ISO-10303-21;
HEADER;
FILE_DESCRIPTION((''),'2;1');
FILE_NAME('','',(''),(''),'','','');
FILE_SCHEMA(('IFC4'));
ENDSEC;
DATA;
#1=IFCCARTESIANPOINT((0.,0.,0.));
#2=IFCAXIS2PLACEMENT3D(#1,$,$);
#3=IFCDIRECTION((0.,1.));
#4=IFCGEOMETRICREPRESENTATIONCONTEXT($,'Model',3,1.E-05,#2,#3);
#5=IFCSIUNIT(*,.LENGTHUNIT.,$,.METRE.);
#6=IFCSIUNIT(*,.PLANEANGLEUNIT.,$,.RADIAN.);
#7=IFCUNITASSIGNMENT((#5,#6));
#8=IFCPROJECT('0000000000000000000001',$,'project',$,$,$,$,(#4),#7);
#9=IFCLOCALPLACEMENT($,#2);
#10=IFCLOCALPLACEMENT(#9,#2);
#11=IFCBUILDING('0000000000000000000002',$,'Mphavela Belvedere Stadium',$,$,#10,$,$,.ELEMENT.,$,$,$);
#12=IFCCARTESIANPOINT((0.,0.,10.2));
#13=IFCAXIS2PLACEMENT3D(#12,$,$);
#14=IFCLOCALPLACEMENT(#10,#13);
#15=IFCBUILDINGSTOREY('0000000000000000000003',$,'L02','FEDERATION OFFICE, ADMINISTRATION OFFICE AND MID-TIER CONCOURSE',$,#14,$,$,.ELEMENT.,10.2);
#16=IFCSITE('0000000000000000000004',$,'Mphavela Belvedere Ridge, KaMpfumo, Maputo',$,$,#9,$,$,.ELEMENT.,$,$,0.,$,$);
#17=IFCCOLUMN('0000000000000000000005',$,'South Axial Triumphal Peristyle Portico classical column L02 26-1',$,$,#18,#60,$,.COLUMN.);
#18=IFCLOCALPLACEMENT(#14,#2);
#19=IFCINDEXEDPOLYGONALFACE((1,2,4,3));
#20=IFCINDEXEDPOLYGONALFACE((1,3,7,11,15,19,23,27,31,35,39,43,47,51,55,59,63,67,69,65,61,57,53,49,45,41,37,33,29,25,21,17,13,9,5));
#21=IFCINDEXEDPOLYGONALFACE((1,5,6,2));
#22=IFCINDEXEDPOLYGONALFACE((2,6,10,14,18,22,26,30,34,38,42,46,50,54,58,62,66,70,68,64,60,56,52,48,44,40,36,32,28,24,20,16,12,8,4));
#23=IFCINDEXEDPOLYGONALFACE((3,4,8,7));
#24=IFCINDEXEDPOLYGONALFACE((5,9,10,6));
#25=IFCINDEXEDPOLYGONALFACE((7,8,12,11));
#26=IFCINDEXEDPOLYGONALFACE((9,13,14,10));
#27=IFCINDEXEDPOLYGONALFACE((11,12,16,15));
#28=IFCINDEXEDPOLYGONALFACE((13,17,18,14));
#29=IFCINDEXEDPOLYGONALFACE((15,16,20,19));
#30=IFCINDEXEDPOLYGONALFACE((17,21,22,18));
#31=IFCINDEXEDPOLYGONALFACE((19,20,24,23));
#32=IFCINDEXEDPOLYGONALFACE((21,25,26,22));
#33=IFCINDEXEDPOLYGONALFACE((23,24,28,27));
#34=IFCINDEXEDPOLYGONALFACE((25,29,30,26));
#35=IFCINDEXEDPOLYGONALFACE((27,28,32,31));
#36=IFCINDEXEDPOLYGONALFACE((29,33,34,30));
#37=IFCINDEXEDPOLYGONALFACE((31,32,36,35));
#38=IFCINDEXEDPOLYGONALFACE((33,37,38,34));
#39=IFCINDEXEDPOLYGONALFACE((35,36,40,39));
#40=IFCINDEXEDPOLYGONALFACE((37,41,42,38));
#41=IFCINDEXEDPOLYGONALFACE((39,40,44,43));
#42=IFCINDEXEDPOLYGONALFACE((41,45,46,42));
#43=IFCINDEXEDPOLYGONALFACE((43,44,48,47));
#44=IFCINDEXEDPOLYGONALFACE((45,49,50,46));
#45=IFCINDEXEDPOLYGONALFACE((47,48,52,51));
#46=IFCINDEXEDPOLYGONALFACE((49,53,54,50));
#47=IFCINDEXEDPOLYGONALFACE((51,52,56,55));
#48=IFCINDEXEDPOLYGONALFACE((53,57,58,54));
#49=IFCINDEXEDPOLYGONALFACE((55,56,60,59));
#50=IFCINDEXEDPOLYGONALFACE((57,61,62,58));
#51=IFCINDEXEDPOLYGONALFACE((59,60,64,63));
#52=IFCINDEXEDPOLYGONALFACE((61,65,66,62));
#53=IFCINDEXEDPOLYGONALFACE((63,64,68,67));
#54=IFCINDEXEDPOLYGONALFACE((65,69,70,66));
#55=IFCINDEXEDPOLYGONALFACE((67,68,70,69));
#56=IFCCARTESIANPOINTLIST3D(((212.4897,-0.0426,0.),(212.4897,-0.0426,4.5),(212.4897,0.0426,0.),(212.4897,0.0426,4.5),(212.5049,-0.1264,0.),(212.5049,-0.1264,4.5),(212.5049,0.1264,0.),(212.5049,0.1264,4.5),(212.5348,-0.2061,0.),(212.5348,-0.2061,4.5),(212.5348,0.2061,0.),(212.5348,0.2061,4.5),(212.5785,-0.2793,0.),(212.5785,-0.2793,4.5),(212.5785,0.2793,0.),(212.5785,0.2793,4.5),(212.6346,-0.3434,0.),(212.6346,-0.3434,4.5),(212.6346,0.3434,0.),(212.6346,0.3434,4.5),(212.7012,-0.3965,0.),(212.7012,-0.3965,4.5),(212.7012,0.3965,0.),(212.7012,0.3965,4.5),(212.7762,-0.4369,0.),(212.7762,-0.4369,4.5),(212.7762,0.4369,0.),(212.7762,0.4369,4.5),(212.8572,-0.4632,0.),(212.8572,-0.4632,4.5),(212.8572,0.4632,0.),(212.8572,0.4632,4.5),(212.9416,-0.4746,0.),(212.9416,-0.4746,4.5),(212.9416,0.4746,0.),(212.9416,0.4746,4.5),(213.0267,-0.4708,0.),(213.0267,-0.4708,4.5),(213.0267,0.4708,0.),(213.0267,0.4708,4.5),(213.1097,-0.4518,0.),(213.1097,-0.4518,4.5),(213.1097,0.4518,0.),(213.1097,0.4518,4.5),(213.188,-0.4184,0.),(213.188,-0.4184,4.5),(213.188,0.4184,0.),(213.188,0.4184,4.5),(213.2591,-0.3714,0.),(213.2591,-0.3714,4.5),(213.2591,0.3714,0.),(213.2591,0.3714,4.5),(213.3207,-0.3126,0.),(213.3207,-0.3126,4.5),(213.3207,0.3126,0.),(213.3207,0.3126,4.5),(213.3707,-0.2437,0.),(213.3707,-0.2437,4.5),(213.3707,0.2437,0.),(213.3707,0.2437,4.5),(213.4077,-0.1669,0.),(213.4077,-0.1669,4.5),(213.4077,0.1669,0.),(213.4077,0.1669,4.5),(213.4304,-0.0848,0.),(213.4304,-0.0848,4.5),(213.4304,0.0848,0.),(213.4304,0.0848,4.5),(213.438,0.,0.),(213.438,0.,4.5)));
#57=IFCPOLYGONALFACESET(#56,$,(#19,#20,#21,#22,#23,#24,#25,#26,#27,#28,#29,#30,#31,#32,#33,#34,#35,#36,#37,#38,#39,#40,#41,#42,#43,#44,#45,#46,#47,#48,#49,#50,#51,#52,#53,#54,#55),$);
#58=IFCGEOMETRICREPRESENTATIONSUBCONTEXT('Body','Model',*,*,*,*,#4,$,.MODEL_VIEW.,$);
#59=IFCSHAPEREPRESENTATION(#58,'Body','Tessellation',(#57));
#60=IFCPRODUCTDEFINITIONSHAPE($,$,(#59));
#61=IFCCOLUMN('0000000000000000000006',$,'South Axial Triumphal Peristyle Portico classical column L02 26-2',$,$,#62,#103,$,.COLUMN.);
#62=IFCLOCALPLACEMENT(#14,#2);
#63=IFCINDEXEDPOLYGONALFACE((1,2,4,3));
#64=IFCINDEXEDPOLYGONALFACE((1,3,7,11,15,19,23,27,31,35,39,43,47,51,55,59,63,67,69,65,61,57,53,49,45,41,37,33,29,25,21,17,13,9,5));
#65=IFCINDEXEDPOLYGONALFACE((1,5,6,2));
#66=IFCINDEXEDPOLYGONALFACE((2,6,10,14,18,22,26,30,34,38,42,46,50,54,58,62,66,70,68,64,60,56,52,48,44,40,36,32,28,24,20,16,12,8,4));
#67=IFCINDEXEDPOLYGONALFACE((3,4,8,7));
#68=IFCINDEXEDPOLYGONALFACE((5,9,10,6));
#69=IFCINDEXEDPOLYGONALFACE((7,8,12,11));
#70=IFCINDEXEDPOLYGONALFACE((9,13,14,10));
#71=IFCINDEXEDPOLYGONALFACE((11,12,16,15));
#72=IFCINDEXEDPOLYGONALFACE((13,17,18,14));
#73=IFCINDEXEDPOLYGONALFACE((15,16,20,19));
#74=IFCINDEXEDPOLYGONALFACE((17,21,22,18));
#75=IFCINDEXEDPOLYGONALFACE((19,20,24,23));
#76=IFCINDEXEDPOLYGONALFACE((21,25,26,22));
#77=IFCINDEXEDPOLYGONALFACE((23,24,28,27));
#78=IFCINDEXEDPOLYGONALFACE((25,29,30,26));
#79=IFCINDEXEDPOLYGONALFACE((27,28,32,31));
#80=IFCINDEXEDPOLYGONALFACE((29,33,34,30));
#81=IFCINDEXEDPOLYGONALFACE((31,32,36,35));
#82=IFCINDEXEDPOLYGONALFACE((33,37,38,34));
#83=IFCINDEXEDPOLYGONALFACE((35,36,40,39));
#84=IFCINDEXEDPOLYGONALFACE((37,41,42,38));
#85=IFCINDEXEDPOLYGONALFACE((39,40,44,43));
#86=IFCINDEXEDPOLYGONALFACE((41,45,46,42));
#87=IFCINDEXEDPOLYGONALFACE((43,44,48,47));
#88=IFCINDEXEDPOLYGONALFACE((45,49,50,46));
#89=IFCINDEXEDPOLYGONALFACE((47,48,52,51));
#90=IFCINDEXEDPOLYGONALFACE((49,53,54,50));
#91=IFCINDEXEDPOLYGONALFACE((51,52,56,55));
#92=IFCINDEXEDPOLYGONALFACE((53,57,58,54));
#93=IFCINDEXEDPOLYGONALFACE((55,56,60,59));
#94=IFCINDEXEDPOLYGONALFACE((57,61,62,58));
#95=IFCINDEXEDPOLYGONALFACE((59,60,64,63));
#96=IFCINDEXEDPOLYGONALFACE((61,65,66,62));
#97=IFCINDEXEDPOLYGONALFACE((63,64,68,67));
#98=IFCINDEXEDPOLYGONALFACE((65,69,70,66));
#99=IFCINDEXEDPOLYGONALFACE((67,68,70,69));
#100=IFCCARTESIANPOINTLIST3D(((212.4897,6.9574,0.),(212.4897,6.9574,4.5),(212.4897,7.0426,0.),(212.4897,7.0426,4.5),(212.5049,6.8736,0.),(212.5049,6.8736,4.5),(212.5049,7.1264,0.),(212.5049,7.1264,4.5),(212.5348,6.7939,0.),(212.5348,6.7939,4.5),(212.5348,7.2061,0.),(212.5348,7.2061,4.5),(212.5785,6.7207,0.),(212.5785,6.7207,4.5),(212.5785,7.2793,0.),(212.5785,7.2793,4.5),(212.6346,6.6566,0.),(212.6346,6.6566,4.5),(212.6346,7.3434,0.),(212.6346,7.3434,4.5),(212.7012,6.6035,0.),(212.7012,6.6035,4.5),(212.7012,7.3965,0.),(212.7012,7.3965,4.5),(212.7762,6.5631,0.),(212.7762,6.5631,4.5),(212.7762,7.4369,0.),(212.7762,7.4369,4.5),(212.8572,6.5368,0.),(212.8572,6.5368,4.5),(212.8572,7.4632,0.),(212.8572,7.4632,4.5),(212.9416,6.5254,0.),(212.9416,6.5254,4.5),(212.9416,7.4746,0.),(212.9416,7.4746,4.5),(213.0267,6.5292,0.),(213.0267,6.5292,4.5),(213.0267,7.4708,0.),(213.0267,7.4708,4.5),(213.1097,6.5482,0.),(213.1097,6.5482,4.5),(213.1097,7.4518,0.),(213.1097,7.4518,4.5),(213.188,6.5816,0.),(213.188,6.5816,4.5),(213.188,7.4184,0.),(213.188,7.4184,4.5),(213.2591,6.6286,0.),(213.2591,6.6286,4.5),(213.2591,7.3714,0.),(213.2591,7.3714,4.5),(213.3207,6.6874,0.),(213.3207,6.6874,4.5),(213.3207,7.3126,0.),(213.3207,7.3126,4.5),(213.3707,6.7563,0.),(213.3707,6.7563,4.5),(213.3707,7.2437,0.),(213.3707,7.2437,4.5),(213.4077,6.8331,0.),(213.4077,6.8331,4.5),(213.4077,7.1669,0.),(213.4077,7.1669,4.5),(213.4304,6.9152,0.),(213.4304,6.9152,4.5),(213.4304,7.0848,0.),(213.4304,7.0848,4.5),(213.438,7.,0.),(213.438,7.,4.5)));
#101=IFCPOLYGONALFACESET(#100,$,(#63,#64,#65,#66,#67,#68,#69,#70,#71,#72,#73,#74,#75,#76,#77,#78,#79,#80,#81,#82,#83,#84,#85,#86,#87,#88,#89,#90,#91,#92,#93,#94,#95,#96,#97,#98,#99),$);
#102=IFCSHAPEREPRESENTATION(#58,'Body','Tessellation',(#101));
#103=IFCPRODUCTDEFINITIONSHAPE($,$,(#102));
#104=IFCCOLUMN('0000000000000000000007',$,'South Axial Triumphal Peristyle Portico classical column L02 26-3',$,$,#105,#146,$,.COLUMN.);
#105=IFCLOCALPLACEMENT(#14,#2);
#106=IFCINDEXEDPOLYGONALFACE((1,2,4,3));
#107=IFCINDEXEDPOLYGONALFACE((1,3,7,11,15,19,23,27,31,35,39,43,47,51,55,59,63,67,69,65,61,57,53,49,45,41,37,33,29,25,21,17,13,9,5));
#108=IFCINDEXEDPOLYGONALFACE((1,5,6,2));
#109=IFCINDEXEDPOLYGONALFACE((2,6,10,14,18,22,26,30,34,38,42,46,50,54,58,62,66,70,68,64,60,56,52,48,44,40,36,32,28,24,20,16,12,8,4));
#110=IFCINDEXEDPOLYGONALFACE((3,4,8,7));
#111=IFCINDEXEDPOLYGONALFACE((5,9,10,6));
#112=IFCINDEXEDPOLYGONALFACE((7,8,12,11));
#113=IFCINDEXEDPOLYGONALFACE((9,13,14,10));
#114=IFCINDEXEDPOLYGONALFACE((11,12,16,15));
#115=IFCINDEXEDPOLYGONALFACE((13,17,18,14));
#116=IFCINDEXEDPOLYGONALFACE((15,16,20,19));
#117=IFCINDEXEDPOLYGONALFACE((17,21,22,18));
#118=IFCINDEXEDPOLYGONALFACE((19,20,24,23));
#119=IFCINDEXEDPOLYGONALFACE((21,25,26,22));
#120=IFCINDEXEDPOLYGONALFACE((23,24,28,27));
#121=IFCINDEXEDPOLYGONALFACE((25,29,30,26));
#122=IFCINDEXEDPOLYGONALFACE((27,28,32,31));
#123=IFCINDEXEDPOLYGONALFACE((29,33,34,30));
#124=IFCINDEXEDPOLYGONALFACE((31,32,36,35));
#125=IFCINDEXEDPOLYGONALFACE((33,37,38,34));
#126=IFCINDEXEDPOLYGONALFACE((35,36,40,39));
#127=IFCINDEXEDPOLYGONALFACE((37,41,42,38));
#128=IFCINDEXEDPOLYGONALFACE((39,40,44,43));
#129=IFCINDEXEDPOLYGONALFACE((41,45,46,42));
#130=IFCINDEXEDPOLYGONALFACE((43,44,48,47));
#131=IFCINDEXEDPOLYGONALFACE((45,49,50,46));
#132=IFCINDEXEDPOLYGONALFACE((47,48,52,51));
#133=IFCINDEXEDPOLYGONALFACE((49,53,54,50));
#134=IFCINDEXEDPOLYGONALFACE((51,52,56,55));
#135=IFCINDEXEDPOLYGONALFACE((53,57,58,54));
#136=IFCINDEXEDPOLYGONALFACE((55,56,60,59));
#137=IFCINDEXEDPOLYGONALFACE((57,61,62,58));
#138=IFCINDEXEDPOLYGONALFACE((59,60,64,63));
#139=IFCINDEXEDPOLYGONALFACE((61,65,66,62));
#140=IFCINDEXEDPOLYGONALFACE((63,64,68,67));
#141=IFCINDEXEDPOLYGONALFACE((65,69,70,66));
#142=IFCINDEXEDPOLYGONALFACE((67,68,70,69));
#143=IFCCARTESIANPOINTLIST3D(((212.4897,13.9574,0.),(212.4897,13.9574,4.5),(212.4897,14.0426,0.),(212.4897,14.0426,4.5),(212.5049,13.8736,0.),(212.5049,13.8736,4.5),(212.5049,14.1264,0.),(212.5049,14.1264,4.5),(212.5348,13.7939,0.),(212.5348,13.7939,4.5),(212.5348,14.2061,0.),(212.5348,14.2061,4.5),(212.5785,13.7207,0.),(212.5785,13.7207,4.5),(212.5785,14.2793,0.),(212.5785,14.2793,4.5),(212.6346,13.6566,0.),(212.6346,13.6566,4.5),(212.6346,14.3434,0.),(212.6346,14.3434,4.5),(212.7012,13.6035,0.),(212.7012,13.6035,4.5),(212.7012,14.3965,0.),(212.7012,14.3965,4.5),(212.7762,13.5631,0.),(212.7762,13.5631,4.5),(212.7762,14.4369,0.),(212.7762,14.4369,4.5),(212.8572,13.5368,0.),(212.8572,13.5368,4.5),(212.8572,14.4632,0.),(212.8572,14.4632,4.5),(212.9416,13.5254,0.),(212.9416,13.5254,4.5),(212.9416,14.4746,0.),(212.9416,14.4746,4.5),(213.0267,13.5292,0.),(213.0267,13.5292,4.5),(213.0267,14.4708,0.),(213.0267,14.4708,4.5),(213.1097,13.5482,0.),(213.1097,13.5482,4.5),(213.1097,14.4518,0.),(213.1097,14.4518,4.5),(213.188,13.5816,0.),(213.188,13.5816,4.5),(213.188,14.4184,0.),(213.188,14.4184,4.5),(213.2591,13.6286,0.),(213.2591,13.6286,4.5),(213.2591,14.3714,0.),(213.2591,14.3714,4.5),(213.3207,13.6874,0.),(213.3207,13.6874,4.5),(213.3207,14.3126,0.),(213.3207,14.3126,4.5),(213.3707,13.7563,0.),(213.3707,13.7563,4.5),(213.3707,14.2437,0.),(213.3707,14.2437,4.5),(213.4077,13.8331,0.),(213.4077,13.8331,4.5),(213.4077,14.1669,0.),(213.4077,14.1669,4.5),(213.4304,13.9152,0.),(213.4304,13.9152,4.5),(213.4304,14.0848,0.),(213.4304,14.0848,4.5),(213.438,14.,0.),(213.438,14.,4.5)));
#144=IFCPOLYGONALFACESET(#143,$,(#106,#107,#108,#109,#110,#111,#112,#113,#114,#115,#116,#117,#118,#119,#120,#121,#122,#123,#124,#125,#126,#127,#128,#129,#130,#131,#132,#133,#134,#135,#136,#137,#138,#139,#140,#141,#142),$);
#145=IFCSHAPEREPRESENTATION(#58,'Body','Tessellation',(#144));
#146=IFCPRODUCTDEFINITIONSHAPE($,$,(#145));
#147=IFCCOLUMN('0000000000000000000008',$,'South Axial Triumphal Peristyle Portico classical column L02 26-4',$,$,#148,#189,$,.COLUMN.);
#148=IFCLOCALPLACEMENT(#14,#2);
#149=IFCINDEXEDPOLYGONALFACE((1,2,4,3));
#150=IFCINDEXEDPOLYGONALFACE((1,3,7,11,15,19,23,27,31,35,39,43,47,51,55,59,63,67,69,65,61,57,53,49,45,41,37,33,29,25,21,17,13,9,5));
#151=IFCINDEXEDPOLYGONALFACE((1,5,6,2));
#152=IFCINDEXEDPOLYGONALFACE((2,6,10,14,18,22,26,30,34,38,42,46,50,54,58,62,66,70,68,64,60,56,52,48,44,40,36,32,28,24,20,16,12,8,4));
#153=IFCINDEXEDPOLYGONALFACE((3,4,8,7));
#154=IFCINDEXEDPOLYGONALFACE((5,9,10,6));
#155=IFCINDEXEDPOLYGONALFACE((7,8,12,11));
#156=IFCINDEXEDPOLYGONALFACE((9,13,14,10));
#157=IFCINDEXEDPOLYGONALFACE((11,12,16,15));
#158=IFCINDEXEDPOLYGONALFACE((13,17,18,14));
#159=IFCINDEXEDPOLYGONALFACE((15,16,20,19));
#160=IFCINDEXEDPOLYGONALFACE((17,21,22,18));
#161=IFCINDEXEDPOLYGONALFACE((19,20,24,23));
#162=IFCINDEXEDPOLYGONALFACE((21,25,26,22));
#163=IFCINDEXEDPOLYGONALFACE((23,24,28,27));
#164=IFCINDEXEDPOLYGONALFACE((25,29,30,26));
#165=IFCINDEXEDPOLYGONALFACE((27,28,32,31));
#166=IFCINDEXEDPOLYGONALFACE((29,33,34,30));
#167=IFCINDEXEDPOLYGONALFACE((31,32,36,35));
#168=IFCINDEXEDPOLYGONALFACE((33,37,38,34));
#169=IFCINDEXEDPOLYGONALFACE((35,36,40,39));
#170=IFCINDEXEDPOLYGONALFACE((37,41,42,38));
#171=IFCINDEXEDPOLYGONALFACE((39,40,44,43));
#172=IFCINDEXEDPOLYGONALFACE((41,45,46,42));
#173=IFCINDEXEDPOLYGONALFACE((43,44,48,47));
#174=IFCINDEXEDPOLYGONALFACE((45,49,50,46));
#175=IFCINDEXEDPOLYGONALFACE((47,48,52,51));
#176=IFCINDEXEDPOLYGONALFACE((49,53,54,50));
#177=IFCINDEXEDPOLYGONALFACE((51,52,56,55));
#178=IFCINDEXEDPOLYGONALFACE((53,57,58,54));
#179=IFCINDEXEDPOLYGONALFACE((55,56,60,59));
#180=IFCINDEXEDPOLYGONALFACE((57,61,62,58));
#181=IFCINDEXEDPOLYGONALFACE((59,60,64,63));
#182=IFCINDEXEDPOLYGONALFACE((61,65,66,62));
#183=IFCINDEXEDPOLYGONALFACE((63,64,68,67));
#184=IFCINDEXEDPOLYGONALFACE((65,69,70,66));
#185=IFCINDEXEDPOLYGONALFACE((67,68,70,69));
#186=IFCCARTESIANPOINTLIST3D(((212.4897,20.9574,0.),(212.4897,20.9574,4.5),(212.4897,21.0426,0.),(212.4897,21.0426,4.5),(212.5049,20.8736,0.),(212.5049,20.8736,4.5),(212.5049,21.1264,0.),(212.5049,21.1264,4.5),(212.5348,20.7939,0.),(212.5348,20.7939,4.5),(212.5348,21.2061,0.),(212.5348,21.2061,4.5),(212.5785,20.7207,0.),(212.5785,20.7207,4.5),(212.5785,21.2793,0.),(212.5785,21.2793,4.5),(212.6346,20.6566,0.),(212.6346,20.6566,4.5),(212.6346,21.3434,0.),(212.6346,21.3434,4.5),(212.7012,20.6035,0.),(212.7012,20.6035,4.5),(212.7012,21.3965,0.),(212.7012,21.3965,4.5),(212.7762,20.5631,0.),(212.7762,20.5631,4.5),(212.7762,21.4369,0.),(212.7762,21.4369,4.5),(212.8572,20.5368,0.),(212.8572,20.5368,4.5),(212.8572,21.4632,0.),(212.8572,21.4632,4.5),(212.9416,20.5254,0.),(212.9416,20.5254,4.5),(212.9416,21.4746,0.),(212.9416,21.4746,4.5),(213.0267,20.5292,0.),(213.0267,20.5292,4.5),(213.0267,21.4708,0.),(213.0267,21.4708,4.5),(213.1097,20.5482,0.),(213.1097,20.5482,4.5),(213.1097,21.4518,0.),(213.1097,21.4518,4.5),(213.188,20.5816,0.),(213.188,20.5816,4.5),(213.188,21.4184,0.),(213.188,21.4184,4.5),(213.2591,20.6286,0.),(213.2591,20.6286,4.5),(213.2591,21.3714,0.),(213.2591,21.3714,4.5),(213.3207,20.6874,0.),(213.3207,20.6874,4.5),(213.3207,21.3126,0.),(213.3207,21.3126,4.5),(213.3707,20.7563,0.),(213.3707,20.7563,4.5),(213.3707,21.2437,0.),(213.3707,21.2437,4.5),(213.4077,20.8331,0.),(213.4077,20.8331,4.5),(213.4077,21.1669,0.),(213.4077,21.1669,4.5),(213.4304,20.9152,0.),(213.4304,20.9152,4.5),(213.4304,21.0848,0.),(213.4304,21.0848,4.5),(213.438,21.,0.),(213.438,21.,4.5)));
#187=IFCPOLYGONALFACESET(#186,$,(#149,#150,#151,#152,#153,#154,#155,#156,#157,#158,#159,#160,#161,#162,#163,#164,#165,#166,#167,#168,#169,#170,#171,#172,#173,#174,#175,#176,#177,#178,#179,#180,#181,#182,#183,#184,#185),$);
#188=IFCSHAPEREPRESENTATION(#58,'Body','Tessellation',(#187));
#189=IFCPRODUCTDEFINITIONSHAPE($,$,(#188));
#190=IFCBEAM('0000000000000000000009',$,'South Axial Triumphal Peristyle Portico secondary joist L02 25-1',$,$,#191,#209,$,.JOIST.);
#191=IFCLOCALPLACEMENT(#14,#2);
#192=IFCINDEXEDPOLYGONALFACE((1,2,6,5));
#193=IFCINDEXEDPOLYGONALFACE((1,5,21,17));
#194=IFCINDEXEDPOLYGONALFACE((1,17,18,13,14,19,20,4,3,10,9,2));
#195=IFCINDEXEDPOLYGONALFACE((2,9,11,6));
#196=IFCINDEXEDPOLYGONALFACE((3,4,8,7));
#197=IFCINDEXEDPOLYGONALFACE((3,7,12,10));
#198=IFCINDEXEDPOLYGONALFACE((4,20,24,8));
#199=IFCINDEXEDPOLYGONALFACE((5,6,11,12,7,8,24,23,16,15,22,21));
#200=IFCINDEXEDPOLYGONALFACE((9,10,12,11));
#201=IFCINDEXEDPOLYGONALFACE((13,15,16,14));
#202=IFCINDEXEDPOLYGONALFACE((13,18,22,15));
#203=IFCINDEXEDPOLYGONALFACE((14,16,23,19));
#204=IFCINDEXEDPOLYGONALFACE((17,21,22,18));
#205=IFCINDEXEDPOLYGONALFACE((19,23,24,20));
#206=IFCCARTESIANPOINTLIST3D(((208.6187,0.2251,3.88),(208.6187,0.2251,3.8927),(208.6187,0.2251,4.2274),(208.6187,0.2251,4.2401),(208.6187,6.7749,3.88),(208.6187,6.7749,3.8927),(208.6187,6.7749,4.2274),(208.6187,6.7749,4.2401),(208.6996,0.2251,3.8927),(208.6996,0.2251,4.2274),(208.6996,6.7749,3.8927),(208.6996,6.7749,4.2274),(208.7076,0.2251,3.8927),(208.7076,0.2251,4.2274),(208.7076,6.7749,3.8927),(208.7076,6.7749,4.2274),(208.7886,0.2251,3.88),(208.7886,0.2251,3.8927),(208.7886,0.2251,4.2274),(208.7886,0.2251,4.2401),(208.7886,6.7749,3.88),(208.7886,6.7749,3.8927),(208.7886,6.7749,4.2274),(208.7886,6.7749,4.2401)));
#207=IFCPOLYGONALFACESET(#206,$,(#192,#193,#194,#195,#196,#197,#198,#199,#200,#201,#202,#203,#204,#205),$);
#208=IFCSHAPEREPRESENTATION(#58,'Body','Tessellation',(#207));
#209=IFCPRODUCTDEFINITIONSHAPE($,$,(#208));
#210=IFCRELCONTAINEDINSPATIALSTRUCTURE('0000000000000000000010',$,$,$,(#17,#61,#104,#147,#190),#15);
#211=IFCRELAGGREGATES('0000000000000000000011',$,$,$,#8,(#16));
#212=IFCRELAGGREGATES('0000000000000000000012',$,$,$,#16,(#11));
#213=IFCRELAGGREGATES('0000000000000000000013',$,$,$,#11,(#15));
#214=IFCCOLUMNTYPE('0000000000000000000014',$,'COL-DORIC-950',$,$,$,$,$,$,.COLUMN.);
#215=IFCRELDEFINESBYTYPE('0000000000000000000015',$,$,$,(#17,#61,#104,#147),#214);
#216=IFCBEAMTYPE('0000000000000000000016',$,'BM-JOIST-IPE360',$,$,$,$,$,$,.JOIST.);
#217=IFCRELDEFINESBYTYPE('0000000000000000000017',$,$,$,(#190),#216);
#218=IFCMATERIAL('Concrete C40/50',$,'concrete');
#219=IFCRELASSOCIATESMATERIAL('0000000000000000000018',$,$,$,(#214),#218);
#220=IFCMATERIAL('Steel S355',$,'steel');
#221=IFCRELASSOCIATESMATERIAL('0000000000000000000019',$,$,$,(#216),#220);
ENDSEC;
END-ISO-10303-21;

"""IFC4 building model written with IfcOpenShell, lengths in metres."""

from ifc_helpers import new_model, si_unit, direction, frame, origin, origin_2d, place, context, subcontext, project, spatial, circle, i_section, extrude, material, material_profile, profile_set, type_object, element, save


model = new_model("IFC4")

# Units and contexts
model_context = context("Model", 3, precision=1e-05, world=origin(), true_north=direction((0.0, 1.0)))
body_context = subcontext(model_context, "Body", "Model", "MODEL_VIEW")
ifc_project = project(units=[si_unit("LENGTHUNIT", "METRE"), si_unit("PLANEANGLEUNIT", "RADIAN")], contexts=[model_context])

# Site, building, storey
site_placement = place(None, origin())
site = spatial("IfcSite", under=ifc_project, at=site_placement, Name="Mphavela Belvedere Ridge, KaMpfumo, Maputo", CompositionType="ELEMENT", RefElevation=0.0)
building_placement = place(site_placement, origin())
building = spatial("IfcBuilding", under=site, at=building_placement, Name="Mphavela Belvedere Stadium", CompositionType="ELEMENT")
storey_placement = place(building_placement, frame((0.0, 0.0, 10.2)))
storey = spatial("IfcBuildingStorey", under=building, at=storey_placement, Name="L02", Description="FEDERATION OFFICE, ADMINISTRATION OFFICE AND MID-TIER CONCOURSE", CompositionType="ELEMENT", Elevation=10.2)

# Columns
ifc_material_1 = material(Name="Concrete C40/50", Category="concrete")
ifc_material_profile_1 = material_profile(ifc_material_1, circle(Radius=0.4751, at=origin_2d()), Name="COL D950")
ifc_profile_set_1 = profile_set([ifc_material_profile_1], Name="Concrete C40/50")
column_type = type_object("IfcColumnType", Name="COL-DORIC-950", PredefinedType="COLUMN", material=ifc_profile_set_1)
for number, where, z_axis, x_axis, name in (
    (1, (212.9629, 0.0, 0.0), (0.0, 0.0, 1.0), (1.0, 0.0, 0.0), "South Axial Triumphal Peristyle Portico classical column L02 26-1"),
    (2, (212.9629, 7.0, 0.0), (0.0, 0.0, 1.0), (1.0, 0.0, 0.0), "South Axial Triumphal Peristyle Portico classical column L02 26-2"),
    (3, (212.9629, 14.0, 0.0), (0.0, 0.0, 1.0), (1.0, 0.0, 0.0), "South Axial Triumphal Peristyle Portico classical column L02 26-3"),
    (4, (212.9629, 21.0, 0.0), (0.0, 0.0, 1.0), (1.0, 0.0, 0.0), "South Axial Triumphal Peristyle Portico classical column L02 26-4"),
):
    element("IfcColumn", number, at=place(storey_placement, frame(where, z_axis=z_axis, x_axis=x_axis)), inside=storey, type_object=column_type, Name=name, PredefinedType="COLUMN", context=body_context, shape_type="SweptSolid", body=[
        extrude(circle(Radius=0.4751, at=origin_2d()), origin(), (0.0, 0.0, 1.0), 4.5),
    ])

# Beam
ifc_material_2 = material(Name="Steel S355", Category="steel")
ifc_material_profile_2 = material_profile(ifc_material_2, i_section(OverallWidth=0.1699, OverallDepth=0.3601, WebThickness=0.0081, FlangeThickness=0.0127, at=origin_2d()), Name="IPE 360")
ifc_profile_set_2 = profile_set([ifc_material_profile_2], Name="Steel S355")
beam_type_1 = type_object("IfcBeamType", Name="BM-JOIST-IPE360", PredefinedType="JOIST", material=ifc_profile_set_2)
for number, where, z_axis, x_axis, name in (
    (5, (208.7036, 0.2251, 4.0601), (0.0, 1.0, 0.0), (-1.0, 0.0, 0.0), "South Axial Triumphal Peristyle Portico secondary joist L02 25-1"),
):
    element("IfcBeam", number, at=place(storey_placement, frame(where, z_axis=z_axis, x_axis=x_axis)), inside=storey, type_object=beam_type_1, Name=name, PredefinedType="JOIST", context=body_context, shape_type="SweptSolid", body=[
        extrude(i_section(OverallWidth=0.1699, OverallDepth=0.3601, WebThickness=0.0081, FlangeThickness=0.0127, at=origin_2d()), origin(), (0.0, 0.0, 1.0), 6.5498),
    ])

save(model, "model.ifc")
